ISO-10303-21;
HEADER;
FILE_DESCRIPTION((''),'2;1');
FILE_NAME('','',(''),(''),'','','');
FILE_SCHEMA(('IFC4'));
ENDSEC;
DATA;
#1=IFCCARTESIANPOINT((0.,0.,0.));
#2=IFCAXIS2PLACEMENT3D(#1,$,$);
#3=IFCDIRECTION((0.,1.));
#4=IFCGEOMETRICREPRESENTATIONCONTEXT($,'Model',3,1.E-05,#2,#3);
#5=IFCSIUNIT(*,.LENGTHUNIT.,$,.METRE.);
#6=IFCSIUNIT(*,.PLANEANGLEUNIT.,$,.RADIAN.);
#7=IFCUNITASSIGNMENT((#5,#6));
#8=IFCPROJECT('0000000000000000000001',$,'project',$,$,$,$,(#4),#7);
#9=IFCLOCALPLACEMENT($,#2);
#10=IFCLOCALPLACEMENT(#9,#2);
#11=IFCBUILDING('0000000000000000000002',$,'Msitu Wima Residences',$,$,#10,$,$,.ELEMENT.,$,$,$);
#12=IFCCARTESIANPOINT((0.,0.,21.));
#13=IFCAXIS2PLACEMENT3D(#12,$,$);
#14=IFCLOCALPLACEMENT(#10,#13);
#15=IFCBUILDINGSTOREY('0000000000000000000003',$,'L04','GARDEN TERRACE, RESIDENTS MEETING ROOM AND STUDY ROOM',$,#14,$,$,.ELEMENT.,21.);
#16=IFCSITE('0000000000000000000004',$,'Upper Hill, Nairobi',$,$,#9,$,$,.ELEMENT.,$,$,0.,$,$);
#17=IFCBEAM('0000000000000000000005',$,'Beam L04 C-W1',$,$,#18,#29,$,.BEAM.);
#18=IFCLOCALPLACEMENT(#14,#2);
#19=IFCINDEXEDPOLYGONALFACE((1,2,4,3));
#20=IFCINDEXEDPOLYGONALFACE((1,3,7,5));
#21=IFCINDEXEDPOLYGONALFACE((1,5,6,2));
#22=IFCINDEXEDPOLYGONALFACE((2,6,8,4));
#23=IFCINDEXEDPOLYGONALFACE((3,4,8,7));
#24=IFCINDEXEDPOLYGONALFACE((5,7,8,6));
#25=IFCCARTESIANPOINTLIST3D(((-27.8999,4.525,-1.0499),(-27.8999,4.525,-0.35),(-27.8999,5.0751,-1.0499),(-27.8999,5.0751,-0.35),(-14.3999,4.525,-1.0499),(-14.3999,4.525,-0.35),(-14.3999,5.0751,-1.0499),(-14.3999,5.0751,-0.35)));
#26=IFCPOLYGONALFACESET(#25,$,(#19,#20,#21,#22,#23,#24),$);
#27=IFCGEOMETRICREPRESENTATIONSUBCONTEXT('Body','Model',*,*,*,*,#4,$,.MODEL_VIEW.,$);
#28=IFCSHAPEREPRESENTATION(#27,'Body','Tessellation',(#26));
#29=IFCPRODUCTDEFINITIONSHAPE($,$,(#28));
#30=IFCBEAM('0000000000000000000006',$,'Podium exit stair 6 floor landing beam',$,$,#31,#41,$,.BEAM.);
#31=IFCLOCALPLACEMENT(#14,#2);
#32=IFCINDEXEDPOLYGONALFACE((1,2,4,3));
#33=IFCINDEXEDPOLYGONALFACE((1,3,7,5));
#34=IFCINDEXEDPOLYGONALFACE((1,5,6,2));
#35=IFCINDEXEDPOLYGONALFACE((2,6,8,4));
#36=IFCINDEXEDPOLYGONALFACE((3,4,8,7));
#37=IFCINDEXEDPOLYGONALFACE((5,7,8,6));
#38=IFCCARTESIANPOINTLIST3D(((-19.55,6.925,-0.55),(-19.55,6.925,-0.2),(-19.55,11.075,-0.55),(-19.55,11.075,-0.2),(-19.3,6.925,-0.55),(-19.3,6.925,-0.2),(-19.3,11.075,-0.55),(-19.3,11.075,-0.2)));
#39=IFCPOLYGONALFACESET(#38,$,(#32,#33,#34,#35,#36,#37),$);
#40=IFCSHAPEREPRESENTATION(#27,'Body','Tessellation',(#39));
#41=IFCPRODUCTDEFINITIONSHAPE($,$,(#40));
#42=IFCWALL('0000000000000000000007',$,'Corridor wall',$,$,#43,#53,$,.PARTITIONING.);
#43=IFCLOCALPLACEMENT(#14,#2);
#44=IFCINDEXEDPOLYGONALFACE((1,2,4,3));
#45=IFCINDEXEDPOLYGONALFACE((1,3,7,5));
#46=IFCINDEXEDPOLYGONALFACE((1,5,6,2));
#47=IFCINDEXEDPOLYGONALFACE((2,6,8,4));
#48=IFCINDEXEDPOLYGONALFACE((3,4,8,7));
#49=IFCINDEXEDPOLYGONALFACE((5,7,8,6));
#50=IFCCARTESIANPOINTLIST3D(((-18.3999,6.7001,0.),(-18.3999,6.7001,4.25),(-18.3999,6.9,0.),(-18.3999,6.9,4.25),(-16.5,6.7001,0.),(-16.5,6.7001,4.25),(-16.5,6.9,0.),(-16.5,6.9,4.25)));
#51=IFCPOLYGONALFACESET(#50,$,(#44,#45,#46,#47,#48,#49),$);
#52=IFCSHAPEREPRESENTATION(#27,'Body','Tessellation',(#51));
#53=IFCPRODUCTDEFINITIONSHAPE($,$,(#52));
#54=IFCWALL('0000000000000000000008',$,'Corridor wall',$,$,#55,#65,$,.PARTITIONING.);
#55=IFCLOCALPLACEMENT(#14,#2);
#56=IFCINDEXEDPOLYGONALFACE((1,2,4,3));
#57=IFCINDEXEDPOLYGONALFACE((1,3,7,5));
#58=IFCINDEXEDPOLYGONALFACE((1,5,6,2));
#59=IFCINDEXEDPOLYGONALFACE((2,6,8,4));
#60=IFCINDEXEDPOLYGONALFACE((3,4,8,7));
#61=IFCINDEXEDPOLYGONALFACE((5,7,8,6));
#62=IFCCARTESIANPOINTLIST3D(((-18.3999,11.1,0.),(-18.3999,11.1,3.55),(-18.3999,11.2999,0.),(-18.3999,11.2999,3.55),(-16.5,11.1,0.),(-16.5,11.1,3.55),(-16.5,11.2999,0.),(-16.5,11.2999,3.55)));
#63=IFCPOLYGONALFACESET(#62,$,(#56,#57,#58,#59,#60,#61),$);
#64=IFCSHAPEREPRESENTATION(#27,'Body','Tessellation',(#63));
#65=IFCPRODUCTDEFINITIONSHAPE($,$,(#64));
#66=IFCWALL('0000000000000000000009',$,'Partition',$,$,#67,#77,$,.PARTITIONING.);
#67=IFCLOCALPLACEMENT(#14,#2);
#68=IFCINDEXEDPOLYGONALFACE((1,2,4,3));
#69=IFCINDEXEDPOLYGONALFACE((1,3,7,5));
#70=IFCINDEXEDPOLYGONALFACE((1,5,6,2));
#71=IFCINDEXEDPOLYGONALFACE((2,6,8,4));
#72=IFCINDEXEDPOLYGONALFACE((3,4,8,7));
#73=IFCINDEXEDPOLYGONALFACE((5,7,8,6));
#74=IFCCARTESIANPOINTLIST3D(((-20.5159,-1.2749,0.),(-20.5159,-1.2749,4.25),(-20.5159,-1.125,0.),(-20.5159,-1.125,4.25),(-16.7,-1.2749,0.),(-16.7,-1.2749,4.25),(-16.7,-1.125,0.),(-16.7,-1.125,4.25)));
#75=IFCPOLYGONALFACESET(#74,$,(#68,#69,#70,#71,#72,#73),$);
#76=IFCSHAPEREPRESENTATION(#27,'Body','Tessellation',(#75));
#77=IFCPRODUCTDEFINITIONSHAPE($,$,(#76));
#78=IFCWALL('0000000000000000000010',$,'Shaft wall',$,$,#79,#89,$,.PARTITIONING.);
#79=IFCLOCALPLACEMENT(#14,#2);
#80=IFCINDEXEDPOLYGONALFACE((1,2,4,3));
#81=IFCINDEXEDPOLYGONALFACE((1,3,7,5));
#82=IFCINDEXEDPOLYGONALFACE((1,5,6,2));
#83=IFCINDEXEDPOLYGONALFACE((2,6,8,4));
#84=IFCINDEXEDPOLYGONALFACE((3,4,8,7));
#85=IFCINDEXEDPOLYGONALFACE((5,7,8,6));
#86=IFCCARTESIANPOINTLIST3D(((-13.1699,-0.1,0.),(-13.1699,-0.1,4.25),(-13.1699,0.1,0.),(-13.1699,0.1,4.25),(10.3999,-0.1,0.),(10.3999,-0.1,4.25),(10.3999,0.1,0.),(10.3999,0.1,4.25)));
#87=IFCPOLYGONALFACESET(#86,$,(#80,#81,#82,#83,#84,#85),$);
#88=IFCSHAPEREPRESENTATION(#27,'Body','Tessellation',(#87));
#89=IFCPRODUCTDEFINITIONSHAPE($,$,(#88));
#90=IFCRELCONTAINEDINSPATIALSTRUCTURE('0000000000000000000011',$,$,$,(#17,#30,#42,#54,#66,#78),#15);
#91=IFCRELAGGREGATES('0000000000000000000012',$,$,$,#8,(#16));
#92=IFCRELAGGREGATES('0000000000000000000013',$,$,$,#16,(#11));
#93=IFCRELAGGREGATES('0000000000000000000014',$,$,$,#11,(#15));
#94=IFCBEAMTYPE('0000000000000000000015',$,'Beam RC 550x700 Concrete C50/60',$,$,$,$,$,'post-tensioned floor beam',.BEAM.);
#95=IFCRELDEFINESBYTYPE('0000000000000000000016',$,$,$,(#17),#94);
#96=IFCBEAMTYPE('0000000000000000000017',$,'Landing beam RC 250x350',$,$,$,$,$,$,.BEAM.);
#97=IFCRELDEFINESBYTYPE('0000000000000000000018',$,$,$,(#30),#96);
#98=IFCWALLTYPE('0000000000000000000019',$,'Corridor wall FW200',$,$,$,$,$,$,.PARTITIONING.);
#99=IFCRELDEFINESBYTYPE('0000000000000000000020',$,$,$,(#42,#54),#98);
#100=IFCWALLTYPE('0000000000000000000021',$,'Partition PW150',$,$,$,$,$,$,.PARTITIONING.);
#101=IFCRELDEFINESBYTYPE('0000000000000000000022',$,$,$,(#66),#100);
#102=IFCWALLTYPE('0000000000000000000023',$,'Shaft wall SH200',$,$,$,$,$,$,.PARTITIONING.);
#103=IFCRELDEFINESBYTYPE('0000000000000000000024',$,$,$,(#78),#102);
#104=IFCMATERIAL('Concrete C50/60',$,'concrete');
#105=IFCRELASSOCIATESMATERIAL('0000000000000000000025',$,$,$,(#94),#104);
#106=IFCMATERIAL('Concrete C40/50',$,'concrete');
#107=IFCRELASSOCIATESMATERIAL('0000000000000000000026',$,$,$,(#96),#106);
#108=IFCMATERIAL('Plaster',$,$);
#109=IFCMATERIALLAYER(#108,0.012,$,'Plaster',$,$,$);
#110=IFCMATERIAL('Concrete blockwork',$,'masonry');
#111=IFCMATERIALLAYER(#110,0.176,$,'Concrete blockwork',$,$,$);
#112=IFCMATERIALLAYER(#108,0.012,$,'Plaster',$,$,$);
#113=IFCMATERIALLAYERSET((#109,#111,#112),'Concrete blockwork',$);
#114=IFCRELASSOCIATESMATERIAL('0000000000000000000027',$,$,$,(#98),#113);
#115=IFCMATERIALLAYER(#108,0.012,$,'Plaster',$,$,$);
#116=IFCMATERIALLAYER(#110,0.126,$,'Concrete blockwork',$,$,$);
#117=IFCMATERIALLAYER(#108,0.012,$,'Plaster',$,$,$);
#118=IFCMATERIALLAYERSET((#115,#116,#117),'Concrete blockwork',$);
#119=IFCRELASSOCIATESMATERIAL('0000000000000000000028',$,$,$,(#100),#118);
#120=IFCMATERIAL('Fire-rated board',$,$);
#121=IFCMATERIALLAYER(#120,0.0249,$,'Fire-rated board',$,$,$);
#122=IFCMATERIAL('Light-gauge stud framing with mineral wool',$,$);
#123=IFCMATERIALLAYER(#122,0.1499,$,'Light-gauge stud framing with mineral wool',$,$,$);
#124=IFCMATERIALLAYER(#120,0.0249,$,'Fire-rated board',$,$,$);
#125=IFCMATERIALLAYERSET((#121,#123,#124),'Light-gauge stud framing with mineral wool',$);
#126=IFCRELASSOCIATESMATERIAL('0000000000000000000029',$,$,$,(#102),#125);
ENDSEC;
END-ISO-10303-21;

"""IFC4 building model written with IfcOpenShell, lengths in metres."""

from ifc_helpers import new_model, si_unit, direction, frame, frame_2d, origin, origin_2d, place, context, subcontext, project, spatial, rectangle, extrude, material, layer, layer_set, material_profile, profile_set, type_object, element, save


model = new_model("IFC4")

# Units and contexts
model_context = context("Model", 3, precision=1e-05, world=origin(), true_north=direction((0.0, 1.0)))
body_context = subcontext(model_context, "Body", "Model", "MODEL_VIEW")
ifc_project = project(units=[si_unit("LENGTHUNIT", "METRE"), si_unit("PLANEANGLEUNIT", "RADIAN")], contexts=[model_context])

# Site, building, storey
site_placement = place(None, origin())
site = spatial("IfcSite", under=ifc_project, at=site_placement, Name="Upper Hill, Nairobi", CompositionType="ELEMENT", RefElevation=0.0)
building_placement = place(site_placement, origin())
building = spatial("IfcBuilding", under=site, at=building_placement, Name="Msitu Wima Residences", CompositionType="ELEMENT")
storey_placement = place(building_placement, frame((0.0, 0.0, 21.0)))
storey = spatial("IfcBuildingStorey", under=building, at=storey_placement, Name="L04", Description="GARDEN TERRACE, RESIDENTS MEETING ROOM AND STUDY ROOM", CompositionType="ELEMENT", Elevation=21.0)

# Beams
ifc_material_1 = material(Name="Concrete C50/60", Category="concrete")
ifc_material_profile_1 = material_profile(ifc_material_1, rectangle(XDim=0.55, YDim=0.7, at=origin_2d()), Name="RC 550x700")
ifc_profile_set_1 = profile_set([ifc_material_profile_1], Name="Concrete C50/60")
beam_type_1 = type_object("IfcBeamType", Name="Beam RC 550x700 Concrete C50/60", ElementType="post-tensioned floor beam", PredefinedType="BEAM", material=ifc_profile_set_1)
beam_1_placement = place(storey_placement, frame((-27.8999, 4.8, -0.7), z_axis=(1.0, 0.0, 0.0), x_axis=(0.0, 1.0, 0.0)))
element("IfcBeam", 1, at=beam_1_placement, inside=storey, type_object=beam_type_1, Name="Beam L04 C-W1", PredefinedType="BEAM", context=body_context, shape_type="SweptSolid", body=[
    extrude(rectangle(XDim=0.55, YDim=0.7, at=origin_2d()), origin(), (0.0, 0.0, 1.0), 13.5),
])
ifc_material_2 = material(Name="Concrete C40/50", Category="concrete")
ifc_material_profile_2 = material_profile(ifc_material_2, rectangle(XDim=0.25, YDim=0.3501, at=origin_2d()), Name="RC 250x350")
ifc_profile_set_2 = profile_set([ifc_material_profile_2], Name="Concrete C40/50")
beam_type_2 = type_object("IfcBeamType", Name="Landing beam RC 250x350", PredefinedType="BEAM", material=ifc_profile_set_2)
beam_2_placement = place(storey_placement, frame((-19.425, 6.925, -0.375), z_axis=(0.0, 1.0, 0.0), x_axis=(-1.0, 0.0, 0.0)))
element("IfcBeam", 2, at=beam_2_placement, inside=storey, type_object=beam_type_2, Name="Podium exit stair 6 floor landing beam", PredefinedType="BEAM", context=body_context, shape_type="SweptSolid", body=[
    extrude(rectangle(XDim=0.25, YDim=0.3501, at=origin_2d()), origin(), (0.0, 0.0, 1.0), 4.1499),
])

# Walls
ifc_material_3 = material(Name="Plaster")
ifc_layer_1 = layer(ifc_material_3, 0.012, Name="Plaster")
ifc_material_4 = material(Name="Concrete blockwork", Category="masonry")
ifc_layer_2 = layer(ifc_material_4, 0.176, Name="Concrete blockwork")
ifc_layer_3 = layer(ifc_material_3, 0.012, Name="Plaster")
ifc_layer_set_1 = layer_set([ifc_layer_1, ifc_layer_2, ifc_layer_3], Name="Concrete blockwork")
wall_type_1 = type_object("IfcWallType", Name="Corridor wall FW200", PredefinedType="PARTITIONING", material=ifc_layer_set_1)
wall_1_placement = place(storey_placement, frame((-18.3999, 6.8, 0.0), z_axis=(0.0, 0.0, 1.0), x_axis=(1.0, 0.0, 0.0)))
element("IfcWall", 3, at=wall_1_placement, inside=storey, type_object=wall_type_1, Name="Corridor wall", PredefinedType="PARTITIONING", context=body_context, shape_type="SweptSolid", body=[
    extrude(rectangle(XDim=1.8999, YDim=0.2, at=frame_2d((0.95, 0.0))), origin(), (0.0, 0.0, 1.0), 4.25),
])
wall_2_placement = place(storey_placement, frame((-18.3999, 11.2, 0.0), z_axis=(0.0, 0.0, 1.0), x_axis=(1.0, 0.0, 0.0)))
element("IfcWall", 4, at=wall_2_placement, inside=storey, type_object=wall_type_1, Name="Corridor wall", PredefinedType="PARTITIONING", context=body_context, shape_type="SweptSolid", body=[
    extrude(rectangle(XDim=1.8999, YDim=0.2, at=frame_2d((0.95, 0.0))), origin(), (0.0, 0.0, 1.0), 3.55),
])
ifc_layer_4 = layer(ifc_material_3, 0.012, Name="Plaster")
ifc_layer_5 = layer(ifc_material_4, 0.126, Name="Concrete blockwork")
ifc_layer_6 = layer(ifc_material_3, 0.012, Name="Plaster")
ifc_layer_set_2 = layer_set([ifc_layer_4, ifc_layer_5, ifc_layer_6], Name="Concrete blockwork")
wall_type_2 = type_object("IfcWallType", Name="Partition PW150", PredefinedType="PARTITIONING", material=ifc_layer_set_2)
wall_3_placement = place(storey_placement, frame((-20.5159, -1.2, 0.0), z_axis=(0.0, 0.0, 1.0), x_axis=(1.0, 0.0, 0.0)))
element("IfcWall", 5, at=wall_3_placement, inside=storey, type_object=wall_type_2, Name="Partition", PredefinedType="PARTITIONING", context=body_context, shape_type="SweptSolid", body=[
    extrude(rectangle(XDim=3.8159, YDim=0.1499, at=frame_2d((1.908, 0.0))), origin(), (0.0, 0.0, 1.0), 4.25),
])
ifc_material_5 = material(Name="Fire-rated board")
ifc_layer_7 = layer(ifc_material_5, 0.0249, Name="Fire-rated board")
ifc_material_6 = material(Name="Light-gauge stud framing with mineral wool")
ifc_layer_8 = layer(ifc_material_6, 0.1499, Name="Light-gauge stud framing with mineral wool")
ifc_layer_9 = layer(ifc_material_5, 0.0249, Name="Fire-rated board")
ifc_layer_set_3 = layer_set([ifc_layer_7, ifc_layer_8, ifc_layer_9], Name="Light-gauge stud framing with mineral wool")
wall_type_3 = type_object("IfcWallType", Name="Shaft wall SH200", PredefinedType="PARTITIONING", material=ifc_layer_set_3)
wall_4_placement = place(storey_placement, frame((-13.1699, 0.0, 0.0), z_axis=(0.0, 0.0, 1.0), x_axis=(1.0, 0.0, 0.0)))
element("IfcWall", 6, at=wall_4_placement, inside=storey, type_object=wall_type_3, Name="Shaft wall", PredefinedType="PARTITIONING", context=body_context, shape_type="SweptSolid", body=[
    extrude(rectangle(XDim=23.5698, YDim=0.2, at=frame_2d((11.7849, 0.0))), origin(), (0.0, 0.0, 1.0), 4.25),
])

save(model, "model.ifc")
